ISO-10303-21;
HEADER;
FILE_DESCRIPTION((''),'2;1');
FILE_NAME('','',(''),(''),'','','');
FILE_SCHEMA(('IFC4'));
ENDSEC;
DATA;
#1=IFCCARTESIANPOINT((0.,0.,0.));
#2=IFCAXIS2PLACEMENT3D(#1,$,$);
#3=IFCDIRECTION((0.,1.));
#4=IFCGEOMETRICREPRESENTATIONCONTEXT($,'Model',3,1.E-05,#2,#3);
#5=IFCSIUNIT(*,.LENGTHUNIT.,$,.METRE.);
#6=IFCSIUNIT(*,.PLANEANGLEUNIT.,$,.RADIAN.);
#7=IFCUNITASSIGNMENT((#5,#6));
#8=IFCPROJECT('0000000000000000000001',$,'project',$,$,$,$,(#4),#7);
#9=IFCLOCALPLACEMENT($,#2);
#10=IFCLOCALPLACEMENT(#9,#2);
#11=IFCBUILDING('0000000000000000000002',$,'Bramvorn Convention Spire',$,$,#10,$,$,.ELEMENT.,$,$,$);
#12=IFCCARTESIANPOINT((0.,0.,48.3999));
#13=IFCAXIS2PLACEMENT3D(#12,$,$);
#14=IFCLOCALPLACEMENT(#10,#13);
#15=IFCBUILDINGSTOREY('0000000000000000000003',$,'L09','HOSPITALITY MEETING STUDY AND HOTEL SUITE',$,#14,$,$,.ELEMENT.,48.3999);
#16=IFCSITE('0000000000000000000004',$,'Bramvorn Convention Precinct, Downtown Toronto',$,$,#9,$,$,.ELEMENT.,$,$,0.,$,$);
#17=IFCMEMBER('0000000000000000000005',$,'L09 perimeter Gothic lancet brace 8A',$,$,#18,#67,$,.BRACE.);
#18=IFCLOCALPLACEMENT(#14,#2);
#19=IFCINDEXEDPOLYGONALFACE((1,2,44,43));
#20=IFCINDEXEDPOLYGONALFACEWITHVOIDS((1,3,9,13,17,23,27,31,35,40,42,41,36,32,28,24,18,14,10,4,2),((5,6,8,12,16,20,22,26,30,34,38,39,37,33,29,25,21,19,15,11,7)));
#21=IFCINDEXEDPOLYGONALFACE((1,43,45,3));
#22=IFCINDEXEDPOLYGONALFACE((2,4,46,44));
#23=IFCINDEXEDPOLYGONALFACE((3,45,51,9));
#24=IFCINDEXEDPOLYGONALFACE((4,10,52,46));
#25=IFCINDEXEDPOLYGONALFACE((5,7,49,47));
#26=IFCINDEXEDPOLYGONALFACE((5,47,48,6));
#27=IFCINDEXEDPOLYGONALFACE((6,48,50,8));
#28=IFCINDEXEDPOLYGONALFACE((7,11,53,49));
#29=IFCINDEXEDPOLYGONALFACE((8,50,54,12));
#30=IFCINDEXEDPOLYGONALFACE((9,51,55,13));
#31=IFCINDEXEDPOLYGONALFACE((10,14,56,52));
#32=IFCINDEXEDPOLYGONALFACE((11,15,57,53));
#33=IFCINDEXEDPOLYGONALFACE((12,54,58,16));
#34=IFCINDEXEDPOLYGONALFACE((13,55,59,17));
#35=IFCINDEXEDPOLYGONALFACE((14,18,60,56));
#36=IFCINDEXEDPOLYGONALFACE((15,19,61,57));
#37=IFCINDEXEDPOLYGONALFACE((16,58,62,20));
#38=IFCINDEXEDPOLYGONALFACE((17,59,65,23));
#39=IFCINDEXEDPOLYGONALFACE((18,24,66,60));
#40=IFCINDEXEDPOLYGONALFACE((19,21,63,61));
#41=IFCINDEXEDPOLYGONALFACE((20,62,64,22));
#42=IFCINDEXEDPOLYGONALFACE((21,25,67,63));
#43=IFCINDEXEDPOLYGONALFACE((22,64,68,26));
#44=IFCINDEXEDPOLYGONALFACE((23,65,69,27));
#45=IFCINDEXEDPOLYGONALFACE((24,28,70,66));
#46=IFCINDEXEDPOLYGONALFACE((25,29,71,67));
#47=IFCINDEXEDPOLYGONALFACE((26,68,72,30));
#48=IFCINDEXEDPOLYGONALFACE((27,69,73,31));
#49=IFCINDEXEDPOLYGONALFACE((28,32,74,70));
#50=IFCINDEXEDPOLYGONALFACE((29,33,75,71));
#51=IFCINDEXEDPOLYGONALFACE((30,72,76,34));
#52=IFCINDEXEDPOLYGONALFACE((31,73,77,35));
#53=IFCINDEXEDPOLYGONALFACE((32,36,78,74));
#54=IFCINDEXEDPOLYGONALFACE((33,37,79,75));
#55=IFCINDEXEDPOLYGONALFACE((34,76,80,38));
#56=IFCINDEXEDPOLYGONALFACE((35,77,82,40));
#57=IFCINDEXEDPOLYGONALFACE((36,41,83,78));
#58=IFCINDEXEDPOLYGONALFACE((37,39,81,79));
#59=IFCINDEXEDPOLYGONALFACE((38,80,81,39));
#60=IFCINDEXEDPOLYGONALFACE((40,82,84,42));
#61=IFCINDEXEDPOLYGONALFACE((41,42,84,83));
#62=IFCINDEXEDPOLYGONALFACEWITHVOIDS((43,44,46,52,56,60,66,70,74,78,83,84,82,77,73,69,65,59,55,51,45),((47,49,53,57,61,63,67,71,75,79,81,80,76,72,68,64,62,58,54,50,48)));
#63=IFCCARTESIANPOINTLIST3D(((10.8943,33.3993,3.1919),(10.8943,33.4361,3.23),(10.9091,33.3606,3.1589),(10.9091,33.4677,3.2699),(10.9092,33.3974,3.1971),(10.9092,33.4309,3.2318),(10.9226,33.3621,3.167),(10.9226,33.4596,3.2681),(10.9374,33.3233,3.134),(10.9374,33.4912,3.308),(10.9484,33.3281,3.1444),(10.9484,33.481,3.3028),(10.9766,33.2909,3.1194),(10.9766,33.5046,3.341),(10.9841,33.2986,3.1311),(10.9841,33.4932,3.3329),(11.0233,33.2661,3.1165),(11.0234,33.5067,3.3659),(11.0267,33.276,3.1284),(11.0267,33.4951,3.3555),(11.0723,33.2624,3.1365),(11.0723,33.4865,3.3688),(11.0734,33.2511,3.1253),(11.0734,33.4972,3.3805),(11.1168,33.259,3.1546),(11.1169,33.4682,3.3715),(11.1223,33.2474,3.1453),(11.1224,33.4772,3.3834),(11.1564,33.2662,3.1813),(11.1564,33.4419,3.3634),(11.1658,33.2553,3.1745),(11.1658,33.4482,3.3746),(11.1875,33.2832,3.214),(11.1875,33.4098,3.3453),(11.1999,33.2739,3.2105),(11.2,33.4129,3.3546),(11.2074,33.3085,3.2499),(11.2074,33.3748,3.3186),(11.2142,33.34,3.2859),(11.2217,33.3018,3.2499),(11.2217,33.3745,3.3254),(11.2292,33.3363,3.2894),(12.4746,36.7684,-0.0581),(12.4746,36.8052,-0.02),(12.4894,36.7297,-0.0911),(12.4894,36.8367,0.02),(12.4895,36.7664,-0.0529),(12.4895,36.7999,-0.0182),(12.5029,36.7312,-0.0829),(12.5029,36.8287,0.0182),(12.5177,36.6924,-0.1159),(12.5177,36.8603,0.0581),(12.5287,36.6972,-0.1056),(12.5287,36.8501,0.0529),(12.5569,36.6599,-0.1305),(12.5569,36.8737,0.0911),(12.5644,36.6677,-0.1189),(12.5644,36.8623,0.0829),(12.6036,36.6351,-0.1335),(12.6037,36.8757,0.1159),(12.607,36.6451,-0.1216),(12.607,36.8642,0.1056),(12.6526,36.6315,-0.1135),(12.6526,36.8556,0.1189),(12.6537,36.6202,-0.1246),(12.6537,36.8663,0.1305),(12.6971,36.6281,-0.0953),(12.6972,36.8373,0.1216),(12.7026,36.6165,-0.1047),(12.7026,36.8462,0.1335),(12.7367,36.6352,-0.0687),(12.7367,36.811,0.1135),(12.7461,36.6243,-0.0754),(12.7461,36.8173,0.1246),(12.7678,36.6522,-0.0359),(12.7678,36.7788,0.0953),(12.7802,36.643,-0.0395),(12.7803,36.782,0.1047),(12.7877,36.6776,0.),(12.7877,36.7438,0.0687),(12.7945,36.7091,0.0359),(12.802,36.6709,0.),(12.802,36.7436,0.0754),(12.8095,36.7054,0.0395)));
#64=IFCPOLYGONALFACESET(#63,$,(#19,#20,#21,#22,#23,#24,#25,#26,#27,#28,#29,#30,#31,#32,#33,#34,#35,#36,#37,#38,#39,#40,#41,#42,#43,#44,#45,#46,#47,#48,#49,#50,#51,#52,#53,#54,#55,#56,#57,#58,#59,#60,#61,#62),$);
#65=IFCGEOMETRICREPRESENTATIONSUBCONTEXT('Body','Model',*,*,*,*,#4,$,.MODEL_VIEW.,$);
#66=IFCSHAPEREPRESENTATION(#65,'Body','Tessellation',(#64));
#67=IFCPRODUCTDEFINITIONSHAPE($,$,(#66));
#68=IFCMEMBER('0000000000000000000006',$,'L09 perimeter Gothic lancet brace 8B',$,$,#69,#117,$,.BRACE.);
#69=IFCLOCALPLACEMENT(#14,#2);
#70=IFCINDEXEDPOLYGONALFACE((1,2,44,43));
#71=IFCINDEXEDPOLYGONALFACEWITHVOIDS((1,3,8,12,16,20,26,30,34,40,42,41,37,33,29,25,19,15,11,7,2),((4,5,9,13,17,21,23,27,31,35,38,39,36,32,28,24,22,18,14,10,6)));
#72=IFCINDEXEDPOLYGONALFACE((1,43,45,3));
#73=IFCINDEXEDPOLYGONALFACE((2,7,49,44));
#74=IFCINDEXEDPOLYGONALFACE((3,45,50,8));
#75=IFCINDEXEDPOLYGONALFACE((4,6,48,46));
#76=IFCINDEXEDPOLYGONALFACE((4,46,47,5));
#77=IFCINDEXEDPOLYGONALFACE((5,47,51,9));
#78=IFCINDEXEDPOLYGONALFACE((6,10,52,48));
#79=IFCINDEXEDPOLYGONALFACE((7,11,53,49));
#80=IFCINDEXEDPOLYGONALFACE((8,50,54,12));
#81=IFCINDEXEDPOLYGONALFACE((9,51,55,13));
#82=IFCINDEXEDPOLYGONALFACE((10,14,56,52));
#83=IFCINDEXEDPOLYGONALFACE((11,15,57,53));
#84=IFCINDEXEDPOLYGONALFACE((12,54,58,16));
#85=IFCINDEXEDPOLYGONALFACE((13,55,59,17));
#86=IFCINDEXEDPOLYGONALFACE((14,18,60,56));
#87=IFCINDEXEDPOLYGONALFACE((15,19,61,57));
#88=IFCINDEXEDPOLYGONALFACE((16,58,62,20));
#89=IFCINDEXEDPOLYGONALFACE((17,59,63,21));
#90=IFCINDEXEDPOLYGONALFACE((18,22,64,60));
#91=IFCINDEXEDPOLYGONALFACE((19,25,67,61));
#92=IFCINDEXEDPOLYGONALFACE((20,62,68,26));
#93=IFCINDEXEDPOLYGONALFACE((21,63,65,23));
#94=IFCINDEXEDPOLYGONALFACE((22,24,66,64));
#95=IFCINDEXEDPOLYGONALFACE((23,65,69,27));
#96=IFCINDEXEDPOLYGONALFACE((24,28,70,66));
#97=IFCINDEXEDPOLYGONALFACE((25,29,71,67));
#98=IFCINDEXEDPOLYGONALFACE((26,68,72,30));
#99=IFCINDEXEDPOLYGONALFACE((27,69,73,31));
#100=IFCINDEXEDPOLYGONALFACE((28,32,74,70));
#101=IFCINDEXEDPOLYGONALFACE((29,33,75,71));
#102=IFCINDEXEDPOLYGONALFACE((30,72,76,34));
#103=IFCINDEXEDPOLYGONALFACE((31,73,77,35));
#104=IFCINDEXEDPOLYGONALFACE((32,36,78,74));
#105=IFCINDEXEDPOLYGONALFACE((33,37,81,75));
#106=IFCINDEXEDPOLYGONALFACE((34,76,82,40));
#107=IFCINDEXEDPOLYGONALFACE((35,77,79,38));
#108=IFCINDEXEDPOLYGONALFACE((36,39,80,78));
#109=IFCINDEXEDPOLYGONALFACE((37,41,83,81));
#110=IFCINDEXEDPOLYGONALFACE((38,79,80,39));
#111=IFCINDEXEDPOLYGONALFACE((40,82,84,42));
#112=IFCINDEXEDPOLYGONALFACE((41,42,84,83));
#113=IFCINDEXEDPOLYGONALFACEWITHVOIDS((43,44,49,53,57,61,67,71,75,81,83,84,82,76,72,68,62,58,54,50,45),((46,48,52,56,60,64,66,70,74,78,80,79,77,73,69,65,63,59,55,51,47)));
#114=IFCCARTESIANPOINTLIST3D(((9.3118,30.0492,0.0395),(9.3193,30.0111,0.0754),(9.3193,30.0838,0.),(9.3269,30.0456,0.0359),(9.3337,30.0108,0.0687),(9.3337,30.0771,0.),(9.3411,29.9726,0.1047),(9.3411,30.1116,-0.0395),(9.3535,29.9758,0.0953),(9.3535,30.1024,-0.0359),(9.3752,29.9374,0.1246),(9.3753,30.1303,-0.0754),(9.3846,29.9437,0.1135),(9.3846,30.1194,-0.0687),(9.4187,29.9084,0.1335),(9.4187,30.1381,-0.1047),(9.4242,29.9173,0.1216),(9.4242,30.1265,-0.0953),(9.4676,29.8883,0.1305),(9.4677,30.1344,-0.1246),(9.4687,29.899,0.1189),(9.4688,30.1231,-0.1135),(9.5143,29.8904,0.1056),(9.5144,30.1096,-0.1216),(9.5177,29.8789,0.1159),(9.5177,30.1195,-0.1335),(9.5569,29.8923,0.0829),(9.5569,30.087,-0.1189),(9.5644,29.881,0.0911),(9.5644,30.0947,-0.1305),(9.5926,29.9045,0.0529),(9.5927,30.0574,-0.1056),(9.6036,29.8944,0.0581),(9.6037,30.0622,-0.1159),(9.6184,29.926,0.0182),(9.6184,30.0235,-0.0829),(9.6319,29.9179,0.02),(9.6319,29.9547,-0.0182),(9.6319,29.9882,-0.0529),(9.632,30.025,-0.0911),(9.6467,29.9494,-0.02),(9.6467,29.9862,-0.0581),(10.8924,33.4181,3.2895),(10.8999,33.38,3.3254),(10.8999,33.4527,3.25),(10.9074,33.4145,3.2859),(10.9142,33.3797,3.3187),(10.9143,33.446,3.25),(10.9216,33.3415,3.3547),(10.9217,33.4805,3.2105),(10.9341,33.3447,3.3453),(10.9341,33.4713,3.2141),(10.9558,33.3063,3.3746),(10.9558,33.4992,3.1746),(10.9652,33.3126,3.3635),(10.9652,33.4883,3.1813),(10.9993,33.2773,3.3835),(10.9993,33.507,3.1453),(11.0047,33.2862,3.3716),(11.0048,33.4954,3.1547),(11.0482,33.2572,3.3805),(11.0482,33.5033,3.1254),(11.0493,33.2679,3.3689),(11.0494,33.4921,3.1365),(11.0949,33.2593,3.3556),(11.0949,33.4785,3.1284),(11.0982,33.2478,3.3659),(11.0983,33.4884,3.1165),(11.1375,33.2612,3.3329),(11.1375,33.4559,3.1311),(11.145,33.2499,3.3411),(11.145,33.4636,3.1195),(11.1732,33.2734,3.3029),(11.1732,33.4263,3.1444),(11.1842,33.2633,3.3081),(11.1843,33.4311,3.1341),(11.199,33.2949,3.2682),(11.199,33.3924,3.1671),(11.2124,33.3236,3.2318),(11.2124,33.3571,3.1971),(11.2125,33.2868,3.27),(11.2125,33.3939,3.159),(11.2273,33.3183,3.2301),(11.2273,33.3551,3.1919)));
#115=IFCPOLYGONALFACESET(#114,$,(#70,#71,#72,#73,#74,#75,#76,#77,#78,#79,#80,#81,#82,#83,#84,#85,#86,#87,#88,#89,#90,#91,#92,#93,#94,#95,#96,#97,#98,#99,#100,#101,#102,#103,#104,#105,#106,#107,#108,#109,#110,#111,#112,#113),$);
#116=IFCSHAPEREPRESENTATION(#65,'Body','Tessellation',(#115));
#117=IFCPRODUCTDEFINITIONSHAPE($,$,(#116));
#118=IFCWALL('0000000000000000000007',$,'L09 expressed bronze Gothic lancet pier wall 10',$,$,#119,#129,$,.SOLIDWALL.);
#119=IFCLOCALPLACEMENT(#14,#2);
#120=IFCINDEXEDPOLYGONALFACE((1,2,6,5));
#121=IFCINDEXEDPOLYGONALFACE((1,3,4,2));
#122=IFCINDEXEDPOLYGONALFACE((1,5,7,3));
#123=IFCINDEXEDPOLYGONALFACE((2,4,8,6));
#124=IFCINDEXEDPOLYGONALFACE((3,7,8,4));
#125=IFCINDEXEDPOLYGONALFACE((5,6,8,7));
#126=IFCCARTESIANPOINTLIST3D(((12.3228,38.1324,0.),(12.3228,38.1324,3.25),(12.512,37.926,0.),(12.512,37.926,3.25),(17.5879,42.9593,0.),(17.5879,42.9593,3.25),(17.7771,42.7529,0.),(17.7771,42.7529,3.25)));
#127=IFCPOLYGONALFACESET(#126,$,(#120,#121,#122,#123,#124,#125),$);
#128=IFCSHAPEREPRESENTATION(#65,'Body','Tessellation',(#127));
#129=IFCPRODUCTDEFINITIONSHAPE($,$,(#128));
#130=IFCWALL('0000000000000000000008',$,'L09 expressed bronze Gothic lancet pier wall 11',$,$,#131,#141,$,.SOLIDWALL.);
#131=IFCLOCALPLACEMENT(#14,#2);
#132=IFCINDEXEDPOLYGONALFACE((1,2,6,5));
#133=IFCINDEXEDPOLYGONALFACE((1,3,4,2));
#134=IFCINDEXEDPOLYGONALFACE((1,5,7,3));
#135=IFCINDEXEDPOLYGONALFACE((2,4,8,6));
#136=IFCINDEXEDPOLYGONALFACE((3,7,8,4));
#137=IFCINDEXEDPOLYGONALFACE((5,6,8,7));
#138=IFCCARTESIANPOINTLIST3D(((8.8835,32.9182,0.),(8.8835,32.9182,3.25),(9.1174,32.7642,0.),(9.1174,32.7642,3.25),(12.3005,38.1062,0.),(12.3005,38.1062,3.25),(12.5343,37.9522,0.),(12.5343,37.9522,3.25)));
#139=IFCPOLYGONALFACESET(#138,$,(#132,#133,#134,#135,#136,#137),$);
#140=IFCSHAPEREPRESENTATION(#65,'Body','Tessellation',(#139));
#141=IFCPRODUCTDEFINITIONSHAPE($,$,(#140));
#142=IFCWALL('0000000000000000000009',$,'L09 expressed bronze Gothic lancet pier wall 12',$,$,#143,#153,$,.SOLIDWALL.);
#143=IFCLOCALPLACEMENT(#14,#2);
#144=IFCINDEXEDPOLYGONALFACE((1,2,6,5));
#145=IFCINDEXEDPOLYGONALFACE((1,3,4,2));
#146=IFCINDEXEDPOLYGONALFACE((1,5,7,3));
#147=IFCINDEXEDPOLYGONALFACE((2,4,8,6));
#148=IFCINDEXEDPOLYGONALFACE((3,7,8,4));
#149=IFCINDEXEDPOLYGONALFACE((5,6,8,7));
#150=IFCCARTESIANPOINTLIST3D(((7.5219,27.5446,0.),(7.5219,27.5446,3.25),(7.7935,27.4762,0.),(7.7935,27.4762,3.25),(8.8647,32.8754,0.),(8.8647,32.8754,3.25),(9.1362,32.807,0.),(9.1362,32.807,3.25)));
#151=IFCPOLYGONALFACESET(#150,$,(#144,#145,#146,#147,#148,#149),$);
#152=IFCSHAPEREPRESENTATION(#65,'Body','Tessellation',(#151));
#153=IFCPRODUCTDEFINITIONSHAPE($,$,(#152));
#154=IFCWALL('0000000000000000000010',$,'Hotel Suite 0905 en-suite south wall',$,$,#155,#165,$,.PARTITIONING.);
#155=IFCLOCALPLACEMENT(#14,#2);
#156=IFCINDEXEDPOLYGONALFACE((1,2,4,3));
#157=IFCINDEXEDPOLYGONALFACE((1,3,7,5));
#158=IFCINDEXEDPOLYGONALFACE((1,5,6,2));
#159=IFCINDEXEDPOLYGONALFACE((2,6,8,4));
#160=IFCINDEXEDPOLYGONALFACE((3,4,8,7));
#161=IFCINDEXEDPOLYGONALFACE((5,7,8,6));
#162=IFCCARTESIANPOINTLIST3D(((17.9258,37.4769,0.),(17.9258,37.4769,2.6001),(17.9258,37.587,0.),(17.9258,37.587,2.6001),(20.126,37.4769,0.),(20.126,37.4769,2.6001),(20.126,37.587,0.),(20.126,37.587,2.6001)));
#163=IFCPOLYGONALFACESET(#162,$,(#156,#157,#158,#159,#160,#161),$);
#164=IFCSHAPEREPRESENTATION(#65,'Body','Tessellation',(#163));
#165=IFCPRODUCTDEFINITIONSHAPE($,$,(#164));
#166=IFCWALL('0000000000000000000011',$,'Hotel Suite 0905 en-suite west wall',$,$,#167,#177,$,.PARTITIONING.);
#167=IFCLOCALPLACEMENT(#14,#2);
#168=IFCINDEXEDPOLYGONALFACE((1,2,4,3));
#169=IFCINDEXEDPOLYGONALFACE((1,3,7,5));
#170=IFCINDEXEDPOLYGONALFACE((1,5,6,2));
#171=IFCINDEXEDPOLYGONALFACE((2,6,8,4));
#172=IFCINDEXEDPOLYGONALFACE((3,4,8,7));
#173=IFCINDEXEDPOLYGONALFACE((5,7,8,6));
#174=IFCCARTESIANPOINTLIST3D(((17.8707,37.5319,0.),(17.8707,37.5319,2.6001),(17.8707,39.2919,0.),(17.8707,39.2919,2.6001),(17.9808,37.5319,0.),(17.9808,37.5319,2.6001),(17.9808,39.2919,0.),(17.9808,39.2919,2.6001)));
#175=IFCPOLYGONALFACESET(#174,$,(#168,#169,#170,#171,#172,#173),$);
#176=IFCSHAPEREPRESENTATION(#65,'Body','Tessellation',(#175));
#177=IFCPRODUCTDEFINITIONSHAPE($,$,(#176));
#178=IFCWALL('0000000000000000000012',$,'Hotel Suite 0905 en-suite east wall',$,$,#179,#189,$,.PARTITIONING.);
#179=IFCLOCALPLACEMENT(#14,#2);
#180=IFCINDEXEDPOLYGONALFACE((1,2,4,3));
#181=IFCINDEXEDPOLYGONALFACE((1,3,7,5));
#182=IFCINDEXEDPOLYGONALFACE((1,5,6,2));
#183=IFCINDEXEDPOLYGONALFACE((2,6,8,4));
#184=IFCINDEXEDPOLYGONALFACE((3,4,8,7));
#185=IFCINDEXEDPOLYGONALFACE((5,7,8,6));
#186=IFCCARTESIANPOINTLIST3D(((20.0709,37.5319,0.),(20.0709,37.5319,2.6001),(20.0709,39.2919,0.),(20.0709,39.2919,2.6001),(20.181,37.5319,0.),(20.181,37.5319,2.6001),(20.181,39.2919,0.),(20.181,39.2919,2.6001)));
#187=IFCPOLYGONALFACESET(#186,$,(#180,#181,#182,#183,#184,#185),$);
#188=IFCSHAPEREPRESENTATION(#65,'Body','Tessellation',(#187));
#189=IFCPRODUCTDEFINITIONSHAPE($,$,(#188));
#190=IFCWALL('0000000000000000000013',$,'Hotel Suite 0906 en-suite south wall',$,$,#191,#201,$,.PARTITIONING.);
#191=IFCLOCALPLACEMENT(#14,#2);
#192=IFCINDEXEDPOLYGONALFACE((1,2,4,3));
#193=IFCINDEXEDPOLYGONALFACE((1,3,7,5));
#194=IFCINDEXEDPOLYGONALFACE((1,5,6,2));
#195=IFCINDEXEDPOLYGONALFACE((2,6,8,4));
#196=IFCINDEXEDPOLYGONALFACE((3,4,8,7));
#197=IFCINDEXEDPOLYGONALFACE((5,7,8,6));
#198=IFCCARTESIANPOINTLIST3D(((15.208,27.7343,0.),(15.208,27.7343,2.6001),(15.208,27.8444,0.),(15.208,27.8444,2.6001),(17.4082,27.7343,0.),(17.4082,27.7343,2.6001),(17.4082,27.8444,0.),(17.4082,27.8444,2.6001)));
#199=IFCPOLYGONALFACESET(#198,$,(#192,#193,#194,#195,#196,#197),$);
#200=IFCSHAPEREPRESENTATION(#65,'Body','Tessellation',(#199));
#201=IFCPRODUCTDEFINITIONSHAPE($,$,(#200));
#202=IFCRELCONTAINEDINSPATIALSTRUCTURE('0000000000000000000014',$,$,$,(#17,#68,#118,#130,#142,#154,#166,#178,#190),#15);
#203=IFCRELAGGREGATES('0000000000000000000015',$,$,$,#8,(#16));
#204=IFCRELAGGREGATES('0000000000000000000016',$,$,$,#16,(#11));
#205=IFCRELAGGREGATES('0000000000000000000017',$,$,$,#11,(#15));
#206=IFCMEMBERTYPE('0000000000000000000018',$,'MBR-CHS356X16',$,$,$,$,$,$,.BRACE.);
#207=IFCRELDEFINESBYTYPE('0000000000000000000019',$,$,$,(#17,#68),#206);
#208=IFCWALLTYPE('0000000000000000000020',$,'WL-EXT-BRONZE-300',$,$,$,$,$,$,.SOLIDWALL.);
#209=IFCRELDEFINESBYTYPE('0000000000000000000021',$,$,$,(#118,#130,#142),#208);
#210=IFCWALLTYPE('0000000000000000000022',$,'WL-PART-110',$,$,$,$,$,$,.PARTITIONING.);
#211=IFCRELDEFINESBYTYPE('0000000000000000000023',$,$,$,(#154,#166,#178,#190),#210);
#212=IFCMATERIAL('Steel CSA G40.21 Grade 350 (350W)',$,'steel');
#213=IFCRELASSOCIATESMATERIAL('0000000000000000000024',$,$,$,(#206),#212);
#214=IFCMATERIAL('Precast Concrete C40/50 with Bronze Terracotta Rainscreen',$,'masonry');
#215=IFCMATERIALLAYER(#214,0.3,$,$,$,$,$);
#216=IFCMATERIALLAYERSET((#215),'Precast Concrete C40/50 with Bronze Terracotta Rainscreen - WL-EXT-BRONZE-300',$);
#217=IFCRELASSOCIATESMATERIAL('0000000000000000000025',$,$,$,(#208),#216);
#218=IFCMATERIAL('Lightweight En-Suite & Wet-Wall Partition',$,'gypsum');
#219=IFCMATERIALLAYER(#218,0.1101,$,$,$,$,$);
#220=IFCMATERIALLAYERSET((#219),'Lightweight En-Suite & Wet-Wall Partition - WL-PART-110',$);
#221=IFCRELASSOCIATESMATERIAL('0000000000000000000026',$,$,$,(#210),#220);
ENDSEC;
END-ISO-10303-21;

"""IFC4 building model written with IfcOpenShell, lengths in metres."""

from ifc_helpers import new_model, si_unit, direction, frame, frame_2d, origin, origin_2d, place, context, subcontext, project, spatial, rectangle, hollow_circle, extrude, material, layer, layer_set, material_profile, profile_set, type_object, element, save


model = new_model("IFC4")

# Units and contexts
model_context = context("Model", 3, precision=1e-05, world=origin(), true_north=direction((0.0, 1.0)))
body_context = subcontext(model_context, "Body", "Model", "MODEL_VIEW")
ifc_project = project(units=[si_unit("LENGTHUNIT", "METRE"), si_unit("PLANEANGLEUNIT", "RADIAN")], contexts=[model_context])

# Site, building, storey
site_placement = place(None, origin())
site = spatial("IfcSite", under=ifc_project, at=site_placement, Name="Bramvorn Convention Precinct, Downtown Toronto", CompositionType="ELEMENT", RefElevation=0.0)
building_placement = place(site_placement, origin())
building = spatial("IfcBuilding", under=site, at=building_placement, Name="Bramvorn Convention Spire", CompositionType="ELEMENT")
storey_placement = place(building_placement, frame((0.0, 0.0, 48.3999)))
storey = spatial("IfcBuildingStorey", under=building, at=storey_placement, Name="L09", Description="HOSPITALITY MEETING STUDY AND HOTEL SUITE", CompositionType="ELEMENT", Elevation=48.3999)

# Shared definitions
ifc_material_1 = material(Name="Steel CSA G40.21 Grade 350 (350W)", Category="steel")

# Members
ifc_material_profile_1 = material_profile(ifc_material_1, hollow_circle(Radius=0.1777, WallThickness=0.0159, at=origin_2d()))
ifc_profile_set_1 = profile_set([ifc_material_profile_1], Name="Steel CSA G40.21 Grade 350 (350W) - CHS356X16")
member_type = type_object("IfcMemberType", Name="MBR-CHS356X16", PredefinedType="BRACE", material=ifc_profile_set_1)
for number, where, z_axis, x_axis, name in (
    (1, (12.6411, 36.7463, 0.0), (-0.319855, -0.681909, 0.657795), (0.905352, -0.424662, 0.0), "L09 perimeter Gothic lancet brace 8A"),
    (2, (9.4802, 30.0083, 0.0), (0.31991, 0.681871, 0.657806), (-0.905315, 0.424741, 0.0), "L09 perimeter Gothic lancet brace 8B"),
):
    element("IfcMember", number, at=place(storey_placement, frame(where, z_axis=z_axis, x_axis=x_axis)), inside=storey, type_object=member_type, Name=name, PredefinedType="BRACE", context=body_context, shape_type="SweptSolid", body=[
        extrude(hollow_circle(Radius=0.1777, WallThickness=0.0159, at=origin_2d()), origin(), (0.0, 0.0, 1.0), 4.9407),
    ])

# Walls
ifc_material_2 = material(Name="Precast Concrete C40/50 with Bronze Terracotta Rainscreen", Category="masonry")
ifc_layer_1 = layer(ifc_material_2, 0.3)
ifc_layer_set_1 = layer_set([ifc_layer_1], Name="Precast Concrete C40/50 with Bronze Terracotta Rainscreen - WL-EXT-BRONZE-300")
wall_type_1 = type_object("IfcWallType", Name="WL-EXT-BRONZE-300", PredefinedType="SOLIDWALL", material=ifc_layer_set_1)
wall_1_placement = place(storey_placement, frame((12.4175, 38.0293, 0.0), z_axis=(0.0, 0.0, 1.0), x_axis=(0.737117, 0.675765, 0.0)))
element("IfcWall", 3, at=wall_1_placement, inside=storey, type_object=wall_type_1, Name="L09 expressed bronze Gothic lancet pier wall 10", PredefinedType="SOLIDWALL", context=body_context, shape_type="SweptSolid", body=[
    extrude(rectangle(XDim=7.1428, YDim=0.28, at=frame_2d((3.5713, 0.0))), origin(), (0.0, 0.0, 1.0), 3.25),
])
wall_2_placement = place(storey_placement, frame((9.0005, 32.8413, 0.0), z_axis=(0.0, 0.0, 1.0), x_axis=(0.550048, 0.835133, 0.0)))
element("IfcWall", 4, at=wall_2_placement, inside=storey, type_object=wall_type_1, Name="L09 expressed bronze Gothic lancet pier wall 11", PredefinedType="SOLIDWALL", context=body_context, shape_type="SweptSolid", body=[
    extrude(rectangle(XDim=6.2122, YDim=0.28, at=frame_2d((3.106, 0.0))), origin(), (0.0, 0.0, 1.0), 3.25),
])
wall_3_placement = place(storey_placement, frame((7.6577, 27.5105, 0.0), z_axis=(0.0, 0.0, 1.0), x_axis=(0.244259, 0.96971, 0.0)))
element("IfcWall", 5, at=wall_3_placement, inside=storey, type_object=wall_type_1, Name="L09 expressed bronze Gothic lancet pier wall 12", PredefinedType="SOLIDWALL", context=body_context, shape_type="SweptSolid", body=[
    extrude(rectangle(XDim=5.4973, YDim=0.28, at=frame_2d((2.7485, 0.0))), origin(), (0.0, 0.0, 1.0), 3.25),
])
ifc_material_3 = material(Name="Lightweight En-Suite & Wet-Wall Partition", Category="gypsum")
ifc_layer_2 = layer(ifc_material_3, 0.1101)
ifc_layer_set_2 = layer_set([ifc_layer_2], Name="Lightweight En-Suite & Wet-Wall Partition - WL-PART-110")
wall_type_2 = type_object("IfcWallType", Name="WL-PART-110", PredefinedType="PARTITIONING", material=ifc_layer_set_2)
wall_4_placement = place(storey_placement, frame((17.9258, 37.532, 0.0), z_axis=(0.0, 0.0, 1.0), x_axis=(1.0, 0.0, 0.0)))
element("IfcWall", 6, at=wall_4_placement, inside=storey, type_object=wall_type_2, Name="Hotel Suite 0905 en-suite south wall", PredefinedType="PARTITIONING", context=body_context, shape_type="SweptSolid", body=[
    extrude(rectangle(XDim=2.2002, YDim=0.1101, at=frame_2d((1.1001, 0.0))), origin(), (0.0, 0.0, 1.0), 2.6001),
])
for number, where, z_axis, x_axis, name in (
    (7, (17.9258, 37.532, 0.0), (0.0, 0.0, 1.0), (0.0, 1.0, 0.0), "Hotel Suite 0905 en-suite west wall"),
    (8, (20.126, 37.532, 0.0), (0.0, 0.0, 1.0), (0.0, 1.0, 0.0), "Hotel Suite 0905 en-suite east wall"),
):
    element("IfcWall", number, at=place(storey_placement, frame(where, z_axis=z_axis, x_axis=x_axis)), inside=storey, type_object=wall_type_2, Name=name, PredefinedType="PARTITIONING", context=body_context, shape_type="SweptSolid", body=[
        extrude(rectangle(XDim=1.76, YDim=0.1101, at=frame_2d((0.8799, 0.0))), origin(), (0.0, 0.0, 1.0), 2.6001),
    ])
wall_5_placement = place(storey_placement, frame((15.208, 27.7893, 0.0), z_axis=(0.0, 0.0, 1.0), x_axis=(1.0, 0.0, 0.0)))
element("IfcWall", 9, at=wall_5_placement, inside=storey, type_object=wall_type_2, Name="Hotel Suite 0906 en-suite south wall", PredefinedType="PARTITIONING", context=body_context, shape_type="SweptSolid", body=[
    extrude(rectangle(XDim=2.2002, YDim=0.1101, at=frame_2d((1.1001, 0.0))), origin(), (0.0, 0.0, 1.0), 2.6001),
])

save(model, "model.ifc")
